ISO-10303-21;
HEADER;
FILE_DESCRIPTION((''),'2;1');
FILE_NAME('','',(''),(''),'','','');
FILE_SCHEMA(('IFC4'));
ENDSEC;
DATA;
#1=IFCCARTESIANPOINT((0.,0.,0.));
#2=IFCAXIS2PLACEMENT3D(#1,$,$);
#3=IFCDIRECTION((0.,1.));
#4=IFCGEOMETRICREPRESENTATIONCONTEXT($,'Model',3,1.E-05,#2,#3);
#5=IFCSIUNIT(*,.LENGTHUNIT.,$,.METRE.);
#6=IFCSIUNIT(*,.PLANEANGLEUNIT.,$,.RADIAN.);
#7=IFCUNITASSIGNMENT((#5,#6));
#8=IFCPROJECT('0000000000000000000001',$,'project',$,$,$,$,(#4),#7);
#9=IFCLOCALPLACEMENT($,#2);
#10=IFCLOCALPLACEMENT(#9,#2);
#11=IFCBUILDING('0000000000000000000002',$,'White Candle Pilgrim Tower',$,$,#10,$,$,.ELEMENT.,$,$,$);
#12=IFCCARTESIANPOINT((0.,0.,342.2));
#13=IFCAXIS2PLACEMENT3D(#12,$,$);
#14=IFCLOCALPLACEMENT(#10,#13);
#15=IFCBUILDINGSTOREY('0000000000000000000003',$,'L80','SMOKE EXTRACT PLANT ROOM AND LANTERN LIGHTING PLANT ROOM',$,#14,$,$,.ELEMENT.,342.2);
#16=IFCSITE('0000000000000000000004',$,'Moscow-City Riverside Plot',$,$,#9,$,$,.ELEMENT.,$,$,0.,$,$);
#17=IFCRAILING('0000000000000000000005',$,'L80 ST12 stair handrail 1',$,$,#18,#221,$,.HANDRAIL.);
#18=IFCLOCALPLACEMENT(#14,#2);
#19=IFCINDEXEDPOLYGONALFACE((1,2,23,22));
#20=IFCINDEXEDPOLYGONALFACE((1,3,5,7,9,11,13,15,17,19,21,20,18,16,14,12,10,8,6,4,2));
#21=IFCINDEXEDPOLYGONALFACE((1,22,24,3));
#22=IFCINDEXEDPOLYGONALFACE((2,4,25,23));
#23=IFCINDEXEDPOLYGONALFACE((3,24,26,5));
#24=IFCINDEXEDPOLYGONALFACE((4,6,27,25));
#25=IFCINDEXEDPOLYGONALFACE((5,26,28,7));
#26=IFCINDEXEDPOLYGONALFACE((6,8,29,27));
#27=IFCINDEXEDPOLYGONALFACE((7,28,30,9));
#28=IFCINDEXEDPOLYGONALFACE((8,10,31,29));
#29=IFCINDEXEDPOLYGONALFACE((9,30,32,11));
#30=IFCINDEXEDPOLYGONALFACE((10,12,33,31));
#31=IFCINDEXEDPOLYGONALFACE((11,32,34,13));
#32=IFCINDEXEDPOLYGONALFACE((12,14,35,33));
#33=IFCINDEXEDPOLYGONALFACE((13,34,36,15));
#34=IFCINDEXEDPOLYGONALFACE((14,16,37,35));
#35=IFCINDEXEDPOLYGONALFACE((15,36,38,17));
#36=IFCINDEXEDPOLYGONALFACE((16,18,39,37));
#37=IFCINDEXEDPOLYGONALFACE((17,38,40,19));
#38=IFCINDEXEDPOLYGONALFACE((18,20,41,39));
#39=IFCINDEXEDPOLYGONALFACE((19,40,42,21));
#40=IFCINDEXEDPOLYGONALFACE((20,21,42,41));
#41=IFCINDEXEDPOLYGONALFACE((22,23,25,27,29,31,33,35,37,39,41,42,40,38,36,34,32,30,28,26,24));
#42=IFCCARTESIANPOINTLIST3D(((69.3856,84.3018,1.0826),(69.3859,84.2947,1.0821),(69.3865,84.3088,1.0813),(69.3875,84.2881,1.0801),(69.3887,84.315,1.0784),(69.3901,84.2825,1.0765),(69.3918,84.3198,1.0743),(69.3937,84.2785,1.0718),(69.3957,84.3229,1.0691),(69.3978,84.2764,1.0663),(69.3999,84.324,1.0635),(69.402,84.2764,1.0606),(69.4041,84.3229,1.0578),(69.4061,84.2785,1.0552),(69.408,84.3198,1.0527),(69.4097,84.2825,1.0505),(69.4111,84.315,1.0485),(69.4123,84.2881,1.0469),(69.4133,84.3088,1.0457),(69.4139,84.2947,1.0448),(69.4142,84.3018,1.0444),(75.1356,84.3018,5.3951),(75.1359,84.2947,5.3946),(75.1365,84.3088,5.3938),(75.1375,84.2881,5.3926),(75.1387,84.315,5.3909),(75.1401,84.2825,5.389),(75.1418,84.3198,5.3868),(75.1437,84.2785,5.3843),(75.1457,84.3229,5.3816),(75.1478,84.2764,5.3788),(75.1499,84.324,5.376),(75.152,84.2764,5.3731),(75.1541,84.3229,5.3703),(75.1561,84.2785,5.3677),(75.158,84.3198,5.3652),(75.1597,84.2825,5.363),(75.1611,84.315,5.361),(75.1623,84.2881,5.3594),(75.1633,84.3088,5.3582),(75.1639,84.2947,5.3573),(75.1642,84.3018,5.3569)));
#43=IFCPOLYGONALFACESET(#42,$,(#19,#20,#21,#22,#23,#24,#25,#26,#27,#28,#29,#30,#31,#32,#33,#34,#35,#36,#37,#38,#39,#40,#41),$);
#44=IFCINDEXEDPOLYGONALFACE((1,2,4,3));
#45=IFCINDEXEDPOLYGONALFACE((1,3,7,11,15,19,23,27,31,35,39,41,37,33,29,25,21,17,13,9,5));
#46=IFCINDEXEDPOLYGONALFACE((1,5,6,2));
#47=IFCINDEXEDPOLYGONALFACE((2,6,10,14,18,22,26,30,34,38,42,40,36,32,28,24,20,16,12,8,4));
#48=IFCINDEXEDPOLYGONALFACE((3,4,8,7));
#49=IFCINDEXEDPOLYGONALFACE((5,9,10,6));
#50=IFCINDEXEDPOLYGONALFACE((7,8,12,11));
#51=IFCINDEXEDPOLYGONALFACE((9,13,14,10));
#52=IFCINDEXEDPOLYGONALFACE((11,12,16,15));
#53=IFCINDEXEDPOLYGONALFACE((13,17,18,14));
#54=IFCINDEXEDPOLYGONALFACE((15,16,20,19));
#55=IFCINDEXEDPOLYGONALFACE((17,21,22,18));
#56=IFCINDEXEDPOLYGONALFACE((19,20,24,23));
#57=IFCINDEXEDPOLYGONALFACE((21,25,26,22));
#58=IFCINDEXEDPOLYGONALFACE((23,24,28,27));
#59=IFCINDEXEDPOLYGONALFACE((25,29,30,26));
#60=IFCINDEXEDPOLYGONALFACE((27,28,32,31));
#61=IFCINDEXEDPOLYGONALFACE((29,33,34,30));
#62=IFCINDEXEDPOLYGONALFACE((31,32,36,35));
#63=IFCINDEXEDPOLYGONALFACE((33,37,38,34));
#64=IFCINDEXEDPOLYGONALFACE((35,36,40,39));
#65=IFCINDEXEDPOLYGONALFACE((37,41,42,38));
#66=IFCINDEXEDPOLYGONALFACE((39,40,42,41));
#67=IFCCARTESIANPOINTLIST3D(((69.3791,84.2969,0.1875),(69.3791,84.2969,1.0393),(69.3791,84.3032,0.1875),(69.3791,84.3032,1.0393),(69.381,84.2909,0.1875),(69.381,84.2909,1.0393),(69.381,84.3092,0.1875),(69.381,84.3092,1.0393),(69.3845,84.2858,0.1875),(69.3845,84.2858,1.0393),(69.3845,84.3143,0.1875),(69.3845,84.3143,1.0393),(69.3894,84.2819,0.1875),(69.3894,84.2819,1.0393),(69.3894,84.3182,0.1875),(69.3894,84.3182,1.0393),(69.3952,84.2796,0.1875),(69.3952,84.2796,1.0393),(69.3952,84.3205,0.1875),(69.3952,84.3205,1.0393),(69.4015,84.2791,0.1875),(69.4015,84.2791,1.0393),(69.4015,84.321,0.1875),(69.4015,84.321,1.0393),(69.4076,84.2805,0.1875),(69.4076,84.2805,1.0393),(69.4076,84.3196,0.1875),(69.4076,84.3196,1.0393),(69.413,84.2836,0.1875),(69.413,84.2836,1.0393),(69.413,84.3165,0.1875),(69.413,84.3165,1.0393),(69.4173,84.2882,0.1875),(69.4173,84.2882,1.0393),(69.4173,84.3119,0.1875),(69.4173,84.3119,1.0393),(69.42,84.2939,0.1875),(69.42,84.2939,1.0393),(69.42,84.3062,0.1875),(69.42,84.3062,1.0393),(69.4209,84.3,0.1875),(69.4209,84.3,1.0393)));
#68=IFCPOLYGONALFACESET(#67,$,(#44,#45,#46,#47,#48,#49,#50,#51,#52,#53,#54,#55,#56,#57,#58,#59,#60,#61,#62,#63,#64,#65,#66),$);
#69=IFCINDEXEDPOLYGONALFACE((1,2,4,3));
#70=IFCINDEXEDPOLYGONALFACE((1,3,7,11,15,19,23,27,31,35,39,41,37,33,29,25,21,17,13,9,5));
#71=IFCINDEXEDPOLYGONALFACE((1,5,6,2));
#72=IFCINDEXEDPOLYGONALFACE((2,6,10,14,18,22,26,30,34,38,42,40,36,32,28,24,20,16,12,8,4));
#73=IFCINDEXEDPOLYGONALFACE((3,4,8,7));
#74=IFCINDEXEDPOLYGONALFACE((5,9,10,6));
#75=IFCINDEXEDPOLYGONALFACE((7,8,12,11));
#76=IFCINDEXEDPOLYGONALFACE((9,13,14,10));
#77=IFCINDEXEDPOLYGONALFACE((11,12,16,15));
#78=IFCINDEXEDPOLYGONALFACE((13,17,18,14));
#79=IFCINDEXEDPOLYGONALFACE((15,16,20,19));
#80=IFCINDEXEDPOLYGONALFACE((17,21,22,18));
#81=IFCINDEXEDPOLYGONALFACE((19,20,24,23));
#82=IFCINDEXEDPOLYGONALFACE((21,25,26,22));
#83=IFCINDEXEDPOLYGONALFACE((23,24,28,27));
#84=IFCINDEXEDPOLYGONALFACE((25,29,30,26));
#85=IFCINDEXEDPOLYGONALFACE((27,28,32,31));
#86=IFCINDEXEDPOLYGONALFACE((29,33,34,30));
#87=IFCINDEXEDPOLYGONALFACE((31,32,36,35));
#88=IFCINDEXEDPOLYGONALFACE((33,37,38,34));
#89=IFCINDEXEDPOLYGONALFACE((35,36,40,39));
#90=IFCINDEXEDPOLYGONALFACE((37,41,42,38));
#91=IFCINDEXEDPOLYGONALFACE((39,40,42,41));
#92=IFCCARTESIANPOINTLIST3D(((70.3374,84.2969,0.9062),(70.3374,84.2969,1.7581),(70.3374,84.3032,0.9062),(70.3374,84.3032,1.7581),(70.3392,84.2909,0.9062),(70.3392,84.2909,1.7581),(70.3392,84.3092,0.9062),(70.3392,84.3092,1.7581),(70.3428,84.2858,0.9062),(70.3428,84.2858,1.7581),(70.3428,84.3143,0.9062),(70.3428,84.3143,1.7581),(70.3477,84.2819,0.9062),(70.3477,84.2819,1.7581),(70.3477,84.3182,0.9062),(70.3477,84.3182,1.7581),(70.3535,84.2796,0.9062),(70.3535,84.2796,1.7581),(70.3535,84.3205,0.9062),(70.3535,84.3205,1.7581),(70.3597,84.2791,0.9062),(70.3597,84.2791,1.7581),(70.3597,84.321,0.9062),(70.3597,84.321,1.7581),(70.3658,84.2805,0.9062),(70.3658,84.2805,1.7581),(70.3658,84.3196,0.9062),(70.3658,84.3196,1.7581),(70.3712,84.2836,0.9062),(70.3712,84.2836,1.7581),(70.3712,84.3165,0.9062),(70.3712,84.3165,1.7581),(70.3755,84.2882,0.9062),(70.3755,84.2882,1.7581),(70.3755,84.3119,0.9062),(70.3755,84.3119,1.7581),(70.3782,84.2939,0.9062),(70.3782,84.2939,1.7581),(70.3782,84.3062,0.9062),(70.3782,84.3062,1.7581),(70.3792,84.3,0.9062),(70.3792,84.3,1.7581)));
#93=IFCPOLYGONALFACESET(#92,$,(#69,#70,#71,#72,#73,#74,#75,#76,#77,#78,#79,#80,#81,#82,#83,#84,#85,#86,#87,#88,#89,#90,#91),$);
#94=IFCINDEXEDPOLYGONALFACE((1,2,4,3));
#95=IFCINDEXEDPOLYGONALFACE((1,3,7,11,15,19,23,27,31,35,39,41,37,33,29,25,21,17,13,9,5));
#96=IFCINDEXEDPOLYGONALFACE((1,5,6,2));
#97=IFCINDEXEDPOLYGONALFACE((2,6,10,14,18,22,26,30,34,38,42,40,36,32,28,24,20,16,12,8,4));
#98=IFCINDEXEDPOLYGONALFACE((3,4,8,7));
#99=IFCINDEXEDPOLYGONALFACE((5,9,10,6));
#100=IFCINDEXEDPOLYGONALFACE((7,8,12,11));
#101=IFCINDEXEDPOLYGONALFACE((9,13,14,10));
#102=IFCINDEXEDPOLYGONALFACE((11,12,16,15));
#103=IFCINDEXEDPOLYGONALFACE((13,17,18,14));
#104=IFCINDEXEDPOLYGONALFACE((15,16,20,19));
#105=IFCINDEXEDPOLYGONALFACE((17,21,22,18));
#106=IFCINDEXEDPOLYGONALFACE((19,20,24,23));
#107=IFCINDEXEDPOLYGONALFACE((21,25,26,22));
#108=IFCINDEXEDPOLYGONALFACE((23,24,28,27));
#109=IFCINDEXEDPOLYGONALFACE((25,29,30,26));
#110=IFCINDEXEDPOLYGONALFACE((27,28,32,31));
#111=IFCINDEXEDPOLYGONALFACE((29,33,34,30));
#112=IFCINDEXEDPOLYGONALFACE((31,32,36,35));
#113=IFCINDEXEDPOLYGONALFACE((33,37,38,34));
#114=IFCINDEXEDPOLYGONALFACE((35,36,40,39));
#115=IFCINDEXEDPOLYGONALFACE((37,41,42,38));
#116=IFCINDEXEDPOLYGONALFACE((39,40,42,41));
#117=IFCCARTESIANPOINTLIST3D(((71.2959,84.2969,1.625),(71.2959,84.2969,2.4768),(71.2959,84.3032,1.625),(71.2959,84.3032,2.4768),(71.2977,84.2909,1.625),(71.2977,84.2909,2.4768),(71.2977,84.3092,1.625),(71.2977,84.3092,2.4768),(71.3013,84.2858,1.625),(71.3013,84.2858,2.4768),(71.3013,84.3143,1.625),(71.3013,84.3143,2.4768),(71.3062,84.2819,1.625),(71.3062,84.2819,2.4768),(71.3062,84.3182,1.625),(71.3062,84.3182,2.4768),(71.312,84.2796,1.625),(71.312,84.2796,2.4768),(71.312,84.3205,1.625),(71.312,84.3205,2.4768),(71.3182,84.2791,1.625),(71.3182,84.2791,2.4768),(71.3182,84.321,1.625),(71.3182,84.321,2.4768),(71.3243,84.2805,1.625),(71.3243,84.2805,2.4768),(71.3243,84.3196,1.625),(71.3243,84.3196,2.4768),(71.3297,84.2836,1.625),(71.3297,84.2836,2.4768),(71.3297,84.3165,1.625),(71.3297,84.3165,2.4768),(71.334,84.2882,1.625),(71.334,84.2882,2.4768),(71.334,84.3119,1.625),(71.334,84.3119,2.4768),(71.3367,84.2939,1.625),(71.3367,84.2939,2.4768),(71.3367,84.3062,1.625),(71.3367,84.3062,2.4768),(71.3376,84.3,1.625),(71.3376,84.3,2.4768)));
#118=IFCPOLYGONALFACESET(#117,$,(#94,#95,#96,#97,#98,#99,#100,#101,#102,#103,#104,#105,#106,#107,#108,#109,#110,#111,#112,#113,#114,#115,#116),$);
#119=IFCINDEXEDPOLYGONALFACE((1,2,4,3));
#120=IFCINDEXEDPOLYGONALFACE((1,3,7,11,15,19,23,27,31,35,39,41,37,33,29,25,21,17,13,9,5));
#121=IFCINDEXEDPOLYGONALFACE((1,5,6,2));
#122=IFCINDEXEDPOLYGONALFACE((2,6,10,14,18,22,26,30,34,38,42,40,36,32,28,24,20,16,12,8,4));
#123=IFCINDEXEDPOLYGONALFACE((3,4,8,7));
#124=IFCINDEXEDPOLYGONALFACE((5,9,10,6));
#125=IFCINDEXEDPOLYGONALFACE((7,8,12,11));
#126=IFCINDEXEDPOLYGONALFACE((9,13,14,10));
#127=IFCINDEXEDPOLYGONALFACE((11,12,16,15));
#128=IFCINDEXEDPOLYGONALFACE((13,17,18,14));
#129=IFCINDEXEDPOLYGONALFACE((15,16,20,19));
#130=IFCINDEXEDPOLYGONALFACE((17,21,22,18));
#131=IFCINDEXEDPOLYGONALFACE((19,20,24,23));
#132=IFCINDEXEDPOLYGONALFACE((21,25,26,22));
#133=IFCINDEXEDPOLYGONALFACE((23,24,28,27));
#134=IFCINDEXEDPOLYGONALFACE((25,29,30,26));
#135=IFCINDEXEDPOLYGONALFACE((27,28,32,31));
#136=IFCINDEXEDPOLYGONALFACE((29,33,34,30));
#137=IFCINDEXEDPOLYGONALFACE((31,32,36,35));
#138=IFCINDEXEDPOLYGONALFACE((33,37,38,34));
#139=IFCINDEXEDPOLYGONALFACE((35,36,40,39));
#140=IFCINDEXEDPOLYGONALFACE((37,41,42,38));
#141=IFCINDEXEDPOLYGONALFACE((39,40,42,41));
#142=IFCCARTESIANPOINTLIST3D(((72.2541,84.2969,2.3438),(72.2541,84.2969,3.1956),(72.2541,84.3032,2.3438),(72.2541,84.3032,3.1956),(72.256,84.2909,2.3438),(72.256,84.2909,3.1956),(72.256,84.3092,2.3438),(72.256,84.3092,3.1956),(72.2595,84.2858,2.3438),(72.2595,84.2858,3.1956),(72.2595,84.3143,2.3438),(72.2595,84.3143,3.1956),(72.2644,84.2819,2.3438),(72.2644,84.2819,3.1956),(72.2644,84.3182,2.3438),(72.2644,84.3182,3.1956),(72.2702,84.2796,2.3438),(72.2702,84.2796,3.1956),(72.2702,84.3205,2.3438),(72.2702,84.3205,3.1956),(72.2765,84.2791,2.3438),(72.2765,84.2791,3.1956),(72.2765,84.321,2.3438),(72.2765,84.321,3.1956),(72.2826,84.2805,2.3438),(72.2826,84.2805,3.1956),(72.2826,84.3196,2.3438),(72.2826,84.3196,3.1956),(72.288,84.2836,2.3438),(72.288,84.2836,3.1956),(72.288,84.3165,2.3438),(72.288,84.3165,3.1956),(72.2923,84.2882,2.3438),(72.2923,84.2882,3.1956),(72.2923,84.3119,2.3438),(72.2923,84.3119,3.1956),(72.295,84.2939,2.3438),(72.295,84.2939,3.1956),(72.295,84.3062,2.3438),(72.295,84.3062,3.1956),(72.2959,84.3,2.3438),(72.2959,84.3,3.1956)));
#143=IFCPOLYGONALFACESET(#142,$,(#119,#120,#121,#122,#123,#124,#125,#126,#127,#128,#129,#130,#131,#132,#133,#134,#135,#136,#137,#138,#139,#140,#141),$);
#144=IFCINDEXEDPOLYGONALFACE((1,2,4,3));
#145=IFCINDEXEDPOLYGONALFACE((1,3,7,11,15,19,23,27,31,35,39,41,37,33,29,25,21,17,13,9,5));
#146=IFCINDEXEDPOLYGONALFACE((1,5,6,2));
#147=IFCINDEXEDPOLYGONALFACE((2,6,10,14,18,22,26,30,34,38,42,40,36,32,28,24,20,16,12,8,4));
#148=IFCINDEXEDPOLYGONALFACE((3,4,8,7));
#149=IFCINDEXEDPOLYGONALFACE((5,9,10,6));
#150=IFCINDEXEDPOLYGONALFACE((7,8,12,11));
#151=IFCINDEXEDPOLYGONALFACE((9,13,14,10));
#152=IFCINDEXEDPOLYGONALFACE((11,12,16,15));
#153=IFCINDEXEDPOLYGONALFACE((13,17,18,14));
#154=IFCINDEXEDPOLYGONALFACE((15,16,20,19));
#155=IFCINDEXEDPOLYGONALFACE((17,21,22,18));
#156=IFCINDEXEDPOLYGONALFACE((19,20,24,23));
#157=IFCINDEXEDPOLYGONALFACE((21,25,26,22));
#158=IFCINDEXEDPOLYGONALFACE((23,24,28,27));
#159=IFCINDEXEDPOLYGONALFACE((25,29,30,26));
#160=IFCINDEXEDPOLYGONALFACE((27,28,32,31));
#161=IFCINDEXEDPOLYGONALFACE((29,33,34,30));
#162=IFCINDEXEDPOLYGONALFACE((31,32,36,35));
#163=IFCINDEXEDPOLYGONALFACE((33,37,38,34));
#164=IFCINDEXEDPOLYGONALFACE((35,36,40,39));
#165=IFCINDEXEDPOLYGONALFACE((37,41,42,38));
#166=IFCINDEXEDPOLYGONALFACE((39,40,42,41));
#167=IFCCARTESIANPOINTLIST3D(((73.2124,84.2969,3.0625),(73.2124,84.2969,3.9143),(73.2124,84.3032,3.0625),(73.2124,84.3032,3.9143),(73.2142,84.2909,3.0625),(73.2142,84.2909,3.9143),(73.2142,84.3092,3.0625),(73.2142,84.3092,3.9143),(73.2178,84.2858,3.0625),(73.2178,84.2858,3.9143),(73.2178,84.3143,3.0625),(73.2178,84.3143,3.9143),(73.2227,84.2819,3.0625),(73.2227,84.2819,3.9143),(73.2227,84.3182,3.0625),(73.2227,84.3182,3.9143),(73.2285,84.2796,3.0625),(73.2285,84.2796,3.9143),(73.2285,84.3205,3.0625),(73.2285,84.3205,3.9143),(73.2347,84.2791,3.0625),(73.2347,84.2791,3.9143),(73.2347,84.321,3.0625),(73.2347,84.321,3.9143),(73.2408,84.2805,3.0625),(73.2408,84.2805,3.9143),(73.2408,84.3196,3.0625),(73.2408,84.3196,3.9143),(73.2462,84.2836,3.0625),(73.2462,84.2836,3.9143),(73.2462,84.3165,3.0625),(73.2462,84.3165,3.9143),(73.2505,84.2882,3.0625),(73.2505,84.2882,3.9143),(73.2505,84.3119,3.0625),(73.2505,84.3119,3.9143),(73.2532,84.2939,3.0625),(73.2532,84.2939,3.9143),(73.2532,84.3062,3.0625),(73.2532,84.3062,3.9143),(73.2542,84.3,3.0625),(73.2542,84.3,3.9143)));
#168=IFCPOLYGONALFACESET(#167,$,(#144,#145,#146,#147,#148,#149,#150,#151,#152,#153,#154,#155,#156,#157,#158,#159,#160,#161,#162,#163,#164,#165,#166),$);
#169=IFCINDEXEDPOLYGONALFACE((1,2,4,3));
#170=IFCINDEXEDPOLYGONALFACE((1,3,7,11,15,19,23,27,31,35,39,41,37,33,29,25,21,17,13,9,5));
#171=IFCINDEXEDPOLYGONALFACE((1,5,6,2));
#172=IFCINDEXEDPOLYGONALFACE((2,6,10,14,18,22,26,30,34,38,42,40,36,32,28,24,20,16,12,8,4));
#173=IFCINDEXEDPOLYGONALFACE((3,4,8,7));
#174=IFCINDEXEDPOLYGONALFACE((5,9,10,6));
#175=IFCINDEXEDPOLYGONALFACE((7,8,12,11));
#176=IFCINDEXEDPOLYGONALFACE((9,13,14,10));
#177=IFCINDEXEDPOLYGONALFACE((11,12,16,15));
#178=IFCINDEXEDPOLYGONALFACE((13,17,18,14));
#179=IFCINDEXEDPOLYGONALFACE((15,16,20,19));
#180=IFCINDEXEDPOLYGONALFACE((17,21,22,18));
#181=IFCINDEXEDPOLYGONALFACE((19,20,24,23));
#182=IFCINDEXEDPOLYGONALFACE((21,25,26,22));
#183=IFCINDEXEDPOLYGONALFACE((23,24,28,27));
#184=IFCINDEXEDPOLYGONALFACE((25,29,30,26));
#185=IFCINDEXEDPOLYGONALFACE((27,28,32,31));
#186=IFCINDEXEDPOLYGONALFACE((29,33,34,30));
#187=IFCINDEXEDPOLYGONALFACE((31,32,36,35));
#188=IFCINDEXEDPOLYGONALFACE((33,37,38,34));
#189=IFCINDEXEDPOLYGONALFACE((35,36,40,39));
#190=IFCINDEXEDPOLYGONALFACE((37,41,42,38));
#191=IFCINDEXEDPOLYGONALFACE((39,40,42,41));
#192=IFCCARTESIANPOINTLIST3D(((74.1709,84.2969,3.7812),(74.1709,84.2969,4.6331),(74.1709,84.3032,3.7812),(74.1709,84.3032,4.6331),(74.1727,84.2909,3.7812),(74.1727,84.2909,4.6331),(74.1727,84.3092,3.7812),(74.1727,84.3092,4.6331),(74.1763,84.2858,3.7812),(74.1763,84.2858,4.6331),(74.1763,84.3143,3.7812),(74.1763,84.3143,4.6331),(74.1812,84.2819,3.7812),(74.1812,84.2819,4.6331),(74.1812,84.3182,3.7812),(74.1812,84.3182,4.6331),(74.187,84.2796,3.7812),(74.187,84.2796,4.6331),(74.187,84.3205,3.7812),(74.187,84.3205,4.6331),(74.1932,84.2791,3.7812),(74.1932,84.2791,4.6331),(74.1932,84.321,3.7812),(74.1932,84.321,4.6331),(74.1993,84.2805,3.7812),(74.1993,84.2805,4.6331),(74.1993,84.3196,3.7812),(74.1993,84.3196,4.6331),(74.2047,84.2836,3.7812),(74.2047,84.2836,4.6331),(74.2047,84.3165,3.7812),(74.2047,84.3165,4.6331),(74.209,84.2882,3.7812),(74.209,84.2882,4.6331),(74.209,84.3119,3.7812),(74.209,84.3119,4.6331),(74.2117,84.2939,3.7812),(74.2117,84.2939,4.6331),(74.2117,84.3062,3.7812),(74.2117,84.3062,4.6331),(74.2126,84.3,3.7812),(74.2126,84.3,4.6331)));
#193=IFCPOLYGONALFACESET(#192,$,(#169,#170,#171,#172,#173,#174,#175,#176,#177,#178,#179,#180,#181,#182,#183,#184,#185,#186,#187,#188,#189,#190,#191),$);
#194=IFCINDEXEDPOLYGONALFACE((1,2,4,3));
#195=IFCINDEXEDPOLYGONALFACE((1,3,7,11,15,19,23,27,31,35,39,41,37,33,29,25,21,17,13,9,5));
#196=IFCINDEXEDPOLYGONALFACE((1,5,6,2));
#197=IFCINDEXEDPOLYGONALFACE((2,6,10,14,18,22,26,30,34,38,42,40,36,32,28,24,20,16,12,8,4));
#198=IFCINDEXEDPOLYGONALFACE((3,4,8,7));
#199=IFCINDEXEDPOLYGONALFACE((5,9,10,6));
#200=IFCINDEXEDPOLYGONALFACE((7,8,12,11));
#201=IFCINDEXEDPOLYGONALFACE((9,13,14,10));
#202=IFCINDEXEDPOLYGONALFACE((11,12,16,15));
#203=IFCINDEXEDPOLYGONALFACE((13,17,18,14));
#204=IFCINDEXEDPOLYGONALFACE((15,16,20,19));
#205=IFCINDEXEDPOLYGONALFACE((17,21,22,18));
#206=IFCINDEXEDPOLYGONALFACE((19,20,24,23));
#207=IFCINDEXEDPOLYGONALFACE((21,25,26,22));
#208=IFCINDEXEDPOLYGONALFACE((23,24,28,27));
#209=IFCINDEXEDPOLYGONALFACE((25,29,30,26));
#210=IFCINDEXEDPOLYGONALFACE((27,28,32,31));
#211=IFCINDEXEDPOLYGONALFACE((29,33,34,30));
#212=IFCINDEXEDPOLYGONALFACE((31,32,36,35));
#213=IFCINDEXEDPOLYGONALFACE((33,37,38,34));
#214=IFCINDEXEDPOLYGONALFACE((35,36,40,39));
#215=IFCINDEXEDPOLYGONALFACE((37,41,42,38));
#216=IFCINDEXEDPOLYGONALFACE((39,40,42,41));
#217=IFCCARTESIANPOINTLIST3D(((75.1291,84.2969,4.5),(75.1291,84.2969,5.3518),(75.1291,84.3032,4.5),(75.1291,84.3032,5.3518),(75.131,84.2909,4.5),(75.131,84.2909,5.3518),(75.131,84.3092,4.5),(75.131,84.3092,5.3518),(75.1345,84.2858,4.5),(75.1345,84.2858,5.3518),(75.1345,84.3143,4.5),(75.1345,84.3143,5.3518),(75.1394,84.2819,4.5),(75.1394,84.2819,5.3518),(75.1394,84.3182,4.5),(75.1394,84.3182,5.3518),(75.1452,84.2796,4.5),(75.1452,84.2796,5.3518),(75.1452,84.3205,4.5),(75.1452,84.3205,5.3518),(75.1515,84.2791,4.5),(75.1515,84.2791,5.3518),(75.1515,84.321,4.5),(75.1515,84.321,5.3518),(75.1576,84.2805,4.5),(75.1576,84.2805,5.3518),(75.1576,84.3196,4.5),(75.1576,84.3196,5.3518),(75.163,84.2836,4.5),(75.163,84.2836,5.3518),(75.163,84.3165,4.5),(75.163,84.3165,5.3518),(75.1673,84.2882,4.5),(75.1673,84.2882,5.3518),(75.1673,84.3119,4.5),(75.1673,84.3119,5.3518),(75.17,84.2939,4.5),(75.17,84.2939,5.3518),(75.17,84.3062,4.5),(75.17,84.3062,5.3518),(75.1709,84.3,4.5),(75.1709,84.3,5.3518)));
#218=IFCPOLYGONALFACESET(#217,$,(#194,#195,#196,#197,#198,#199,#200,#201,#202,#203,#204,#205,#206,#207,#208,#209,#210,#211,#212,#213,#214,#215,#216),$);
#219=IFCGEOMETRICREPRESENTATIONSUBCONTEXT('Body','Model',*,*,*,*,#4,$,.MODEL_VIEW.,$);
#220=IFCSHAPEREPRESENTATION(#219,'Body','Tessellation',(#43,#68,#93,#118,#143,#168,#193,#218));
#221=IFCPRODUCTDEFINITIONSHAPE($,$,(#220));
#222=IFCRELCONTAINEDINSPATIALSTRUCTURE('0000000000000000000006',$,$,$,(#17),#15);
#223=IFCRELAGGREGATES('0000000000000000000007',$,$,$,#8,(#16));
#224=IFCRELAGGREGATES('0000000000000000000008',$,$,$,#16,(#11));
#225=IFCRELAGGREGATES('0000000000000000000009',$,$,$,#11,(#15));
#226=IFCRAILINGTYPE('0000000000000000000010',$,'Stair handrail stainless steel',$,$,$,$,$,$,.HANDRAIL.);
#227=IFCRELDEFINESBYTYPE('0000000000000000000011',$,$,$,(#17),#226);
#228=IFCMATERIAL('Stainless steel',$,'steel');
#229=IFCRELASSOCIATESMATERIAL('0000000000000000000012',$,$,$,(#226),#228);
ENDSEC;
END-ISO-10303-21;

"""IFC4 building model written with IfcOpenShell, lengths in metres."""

from ifc_helpers import new_model, si_unit, direction, frame, origin, origin_2d, place, context, subcontext, project, spatial, circle, extrude, material, type_object, element, save


model = new_model("IFC4")

# Units and contexts
model_context = context("Model", 3, precision=1e-05, world=origin(), true_north=direction((0.0, 1.0)))
body_context = subcontext(model_context, "Body", "Model", "MODEL_VIEW")
ifc_project = project(units=[si_unit("LENGTHUNIT", "METRE"), si_unit("PLANEANGLEUNIT", "RADIAN")], contexts=[model_context])

# Site, building, storey
site_placement = place(None, origin())
site = spatial("IfcSite", under=ifc_project, at=site_placement, Name="Moscow-City Riverside Plot", CompositionType="ELEMENT", RefElevation=0.0)
building_placement = place(site_placement, origin())
building = spatial("IfcBuilding", under=site, at=building_placement, Name="White Candle Pilgrim Tower", CompositionType="ELEMENT")
storey_placement = place(building_placement, frame((0.0, 0.0, 342.2)))
storey = spatial("IfcBuildingStorey", under=building, at=storey_placement, Name="L80", Description="SMOKE EXTRACT PLANT ROOM AND LANTERN LIGHTING PLANT ROOM", CompositionType="ELEMENT", Elevation=342.2)

# Railing
ifc_material_1 = material(Name="Stainless steel", Category="steel")
railing_type = type_object("IfcRailingType", Name="Stair handrail stainless steel", PredefinedType="HANDRAIL", material=ifc_material_1)
railing_1_placement = place(storey_placement, frame((69.3999, 84.3, 0.1875)))
element("IfcRailing", 1, at=railing_1_placement, inside=storey, type_object=railing_type, Name="L80 ST12 stair handrail 1", PredefinedType="HANDRAIL", context=body_context, shape_type="SweptSolid", body=[
    extrude(circle(Radius=0.0239, at=origin_2d()), frame((0.0, 0.0, 0.876), z_axis=(0.8, 0.0, 0.6), x_axis=(0.0, 1.0, 0.0)), (0.0, 0.0, 1.0), 7.1875),
    extrude(circle(Radius=0.021, at=origin_2d()), origin(), (0.0, 0.0, 1.0), 0.8518),
    extrude(circle(Radius=0.021, at=origin_2d()), frame((0.9583, 0.0, 0.7188)), (0.0, 0.0, 1.0), 0.8518),
    extrude(circle(Radius=0.021, at=origin_2d()), frame((1.9167, 0.0, 1.4375)), (0.0, 0.0, 1.0), 0.8518),
    extrude(circle(Radius=0.021, at=origin_2d()), frame((2.875, 0.0, 2.1562)), (0.0, 0.0, 1.0), 0.8518),
    extrude(circle(Radius=0.021, at=origin_2d()), frame((3.8333, 0.0, 2.875)), (0.0, 0.0, 1.0), 0.8518),
    extrude(circle(Radius=0.021, at=origin_2d()), frame((4.7917, 0.0, 3.5938)), (0.0, 0.0, 1.0), 0.8518),
    extrude(circle(Radius=0.021, at=origin_2d()), frame((5.75, 0.0, 4.3125)), (0.0, 0.0, 1.0), 0.8518),
])

save(model, "model.ifc")
